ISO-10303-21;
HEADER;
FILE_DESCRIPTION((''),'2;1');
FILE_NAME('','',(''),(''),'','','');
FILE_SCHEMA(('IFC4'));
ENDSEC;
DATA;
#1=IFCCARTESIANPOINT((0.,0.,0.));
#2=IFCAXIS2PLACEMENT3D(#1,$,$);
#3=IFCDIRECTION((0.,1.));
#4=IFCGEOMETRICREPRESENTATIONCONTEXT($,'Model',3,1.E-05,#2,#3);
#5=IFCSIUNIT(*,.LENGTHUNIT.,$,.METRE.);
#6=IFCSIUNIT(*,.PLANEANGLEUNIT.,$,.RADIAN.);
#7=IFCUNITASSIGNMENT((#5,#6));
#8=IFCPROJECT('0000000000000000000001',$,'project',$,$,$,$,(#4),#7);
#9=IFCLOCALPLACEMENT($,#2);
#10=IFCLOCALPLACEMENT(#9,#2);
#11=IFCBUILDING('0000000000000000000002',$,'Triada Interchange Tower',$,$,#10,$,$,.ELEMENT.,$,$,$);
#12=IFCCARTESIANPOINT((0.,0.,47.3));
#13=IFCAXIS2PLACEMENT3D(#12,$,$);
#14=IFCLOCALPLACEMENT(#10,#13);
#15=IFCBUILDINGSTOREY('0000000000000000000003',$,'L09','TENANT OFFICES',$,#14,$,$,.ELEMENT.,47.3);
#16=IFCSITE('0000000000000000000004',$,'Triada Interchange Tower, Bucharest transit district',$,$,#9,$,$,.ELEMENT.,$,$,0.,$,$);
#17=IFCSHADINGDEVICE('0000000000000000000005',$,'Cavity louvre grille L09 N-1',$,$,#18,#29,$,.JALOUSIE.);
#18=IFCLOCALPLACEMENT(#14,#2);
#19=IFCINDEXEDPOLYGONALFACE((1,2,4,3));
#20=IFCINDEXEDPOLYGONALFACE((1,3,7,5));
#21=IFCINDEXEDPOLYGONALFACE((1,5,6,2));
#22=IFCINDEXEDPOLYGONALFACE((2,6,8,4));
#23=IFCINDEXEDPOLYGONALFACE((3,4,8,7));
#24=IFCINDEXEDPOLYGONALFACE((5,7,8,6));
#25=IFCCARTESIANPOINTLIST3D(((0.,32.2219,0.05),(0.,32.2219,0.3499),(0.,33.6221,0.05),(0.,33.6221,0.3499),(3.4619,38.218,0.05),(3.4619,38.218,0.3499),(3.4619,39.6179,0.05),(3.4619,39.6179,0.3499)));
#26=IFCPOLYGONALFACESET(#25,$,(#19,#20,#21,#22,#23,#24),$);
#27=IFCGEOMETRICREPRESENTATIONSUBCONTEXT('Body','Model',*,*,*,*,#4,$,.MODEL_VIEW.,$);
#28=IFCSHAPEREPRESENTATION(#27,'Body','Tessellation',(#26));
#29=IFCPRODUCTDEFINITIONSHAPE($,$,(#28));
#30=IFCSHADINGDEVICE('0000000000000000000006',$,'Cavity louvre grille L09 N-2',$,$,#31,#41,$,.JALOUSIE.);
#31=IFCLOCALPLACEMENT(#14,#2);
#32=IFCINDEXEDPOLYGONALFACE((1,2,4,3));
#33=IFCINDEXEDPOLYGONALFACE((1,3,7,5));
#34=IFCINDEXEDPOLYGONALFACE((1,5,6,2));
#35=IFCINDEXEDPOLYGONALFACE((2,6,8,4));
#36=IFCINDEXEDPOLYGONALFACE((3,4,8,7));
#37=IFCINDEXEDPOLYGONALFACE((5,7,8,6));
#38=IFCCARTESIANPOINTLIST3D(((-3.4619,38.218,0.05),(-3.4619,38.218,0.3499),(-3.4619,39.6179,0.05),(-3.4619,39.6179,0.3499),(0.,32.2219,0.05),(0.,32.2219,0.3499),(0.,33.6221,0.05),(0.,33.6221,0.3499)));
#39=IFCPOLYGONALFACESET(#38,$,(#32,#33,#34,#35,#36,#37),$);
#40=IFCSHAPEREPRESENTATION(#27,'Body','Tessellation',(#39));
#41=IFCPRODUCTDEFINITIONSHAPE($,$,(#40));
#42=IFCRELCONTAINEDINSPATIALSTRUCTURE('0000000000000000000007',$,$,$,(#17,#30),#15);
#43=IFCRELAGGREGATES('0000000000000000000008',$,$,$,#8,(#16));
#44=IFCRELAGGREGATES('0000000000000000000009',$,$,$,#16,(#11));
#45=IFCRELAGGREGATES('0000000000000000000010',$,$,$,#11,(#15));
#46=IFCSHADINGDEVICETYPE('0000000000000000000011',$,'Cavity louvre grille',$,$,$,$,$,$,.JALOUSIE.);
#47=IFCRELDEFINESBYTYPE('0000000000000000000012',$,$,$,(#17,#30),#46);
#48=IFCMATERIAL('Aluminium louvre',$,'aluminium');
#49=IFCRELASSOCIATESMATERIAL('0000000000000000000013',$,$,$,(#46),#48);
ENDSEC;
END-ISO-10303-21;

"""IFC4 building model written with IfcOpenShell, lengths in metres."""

from ifc_helpers import new_model, si_unit, direction, frame, origin, place, context, subcontext, project, spatial, polyline, outline, extrude, material, type_object, element, save


model = new_model("IFC4")

# Units and contexts
model_context = context("Model", 3, precision=1e-05, world=origin(), true_north=direction((0.0, 1.0)))
body_context = subcontext(model_context, "Body", "Model", "MODEL_VIEW")
ifc_project = project(units=[si_unit("LENGTHUNIT", "METRE"), si_unit("PLANEANGLEUNIT", "RADIAN")], contexts=[model_context])

# Site, building, storey
site_placement = place(None, origin())
site = spatial("IfcSite", under=ifc_project, at=site_placement, Name="Triada Interchange Tower, Bucharest transit district", CompositionType="ELEMENT", RefElevation=0.0)
building_placement = place(site_placement, origin())
building = spatial("IfcBuilding", under=site, at=building_placement, Name="Triada Interchange Tower", CompositionType="ELEMENT")
storey_placement = place(building_placement, frame((0.0, 0.0, 47.3)))
storey = spatial("IfcBuildingStorey", under=building, at=storey_placement, Name="L09", Description="TENANT OFFICES", CompositionType="ELEMENT", Elevation=47.3)

# Shading devices
ifc_material_1 = material(Name="Aluminium louvre", Category="aluminium")
shading_device_type = type_object("IfcShadingDeviceType", Name="Cavity louvre grille", PredefinedType="JALOUSIE", material=ifc_material_1)
shading_device_1_placement = place(storey_placement, frame((0.0, 0.0, 0.05)))
element("IfcShadingDevice", 1, at=shading_device_1_placement, inside=storey, type_object=shading_device_type, Name="Cavity louvre grille L09 N-1", PredefinedType="JALOUSIE", context=body_context, shape_type="SweptSolid", body=[
    extrude(outline(polyline([(3.4619, 38.218), (3.4619, 39.6179), (0.0, 33.6221), (0.0, 32.2219), (3.4619, 38.218)])), origin(), (0.0, 0.0, 1.0), 0.2998),
])
shading_device_2_placement = place(storey_placement, frame((0.0, 0.0, 0.05)))
element("IfcShadingDevice", 2, at=shading_device_2_placement, inside=storey, type_object=shading_device_type, Name="Cavity louvre grille L09 N-2", PredefinedType="JALOUSIE", context=body_context, shape_type="SweptSolid", body=[
    extrude(outline(polyline([(0.0, 32.2219), (0.0, 33.6221), (-3.4619, 39.6179), (-3.4619, 38.218), (0.0, 32.2219)])), origin(), (0.0, 0.0, 1.0), 0.2998),
])

save(model, "model.ifc")
